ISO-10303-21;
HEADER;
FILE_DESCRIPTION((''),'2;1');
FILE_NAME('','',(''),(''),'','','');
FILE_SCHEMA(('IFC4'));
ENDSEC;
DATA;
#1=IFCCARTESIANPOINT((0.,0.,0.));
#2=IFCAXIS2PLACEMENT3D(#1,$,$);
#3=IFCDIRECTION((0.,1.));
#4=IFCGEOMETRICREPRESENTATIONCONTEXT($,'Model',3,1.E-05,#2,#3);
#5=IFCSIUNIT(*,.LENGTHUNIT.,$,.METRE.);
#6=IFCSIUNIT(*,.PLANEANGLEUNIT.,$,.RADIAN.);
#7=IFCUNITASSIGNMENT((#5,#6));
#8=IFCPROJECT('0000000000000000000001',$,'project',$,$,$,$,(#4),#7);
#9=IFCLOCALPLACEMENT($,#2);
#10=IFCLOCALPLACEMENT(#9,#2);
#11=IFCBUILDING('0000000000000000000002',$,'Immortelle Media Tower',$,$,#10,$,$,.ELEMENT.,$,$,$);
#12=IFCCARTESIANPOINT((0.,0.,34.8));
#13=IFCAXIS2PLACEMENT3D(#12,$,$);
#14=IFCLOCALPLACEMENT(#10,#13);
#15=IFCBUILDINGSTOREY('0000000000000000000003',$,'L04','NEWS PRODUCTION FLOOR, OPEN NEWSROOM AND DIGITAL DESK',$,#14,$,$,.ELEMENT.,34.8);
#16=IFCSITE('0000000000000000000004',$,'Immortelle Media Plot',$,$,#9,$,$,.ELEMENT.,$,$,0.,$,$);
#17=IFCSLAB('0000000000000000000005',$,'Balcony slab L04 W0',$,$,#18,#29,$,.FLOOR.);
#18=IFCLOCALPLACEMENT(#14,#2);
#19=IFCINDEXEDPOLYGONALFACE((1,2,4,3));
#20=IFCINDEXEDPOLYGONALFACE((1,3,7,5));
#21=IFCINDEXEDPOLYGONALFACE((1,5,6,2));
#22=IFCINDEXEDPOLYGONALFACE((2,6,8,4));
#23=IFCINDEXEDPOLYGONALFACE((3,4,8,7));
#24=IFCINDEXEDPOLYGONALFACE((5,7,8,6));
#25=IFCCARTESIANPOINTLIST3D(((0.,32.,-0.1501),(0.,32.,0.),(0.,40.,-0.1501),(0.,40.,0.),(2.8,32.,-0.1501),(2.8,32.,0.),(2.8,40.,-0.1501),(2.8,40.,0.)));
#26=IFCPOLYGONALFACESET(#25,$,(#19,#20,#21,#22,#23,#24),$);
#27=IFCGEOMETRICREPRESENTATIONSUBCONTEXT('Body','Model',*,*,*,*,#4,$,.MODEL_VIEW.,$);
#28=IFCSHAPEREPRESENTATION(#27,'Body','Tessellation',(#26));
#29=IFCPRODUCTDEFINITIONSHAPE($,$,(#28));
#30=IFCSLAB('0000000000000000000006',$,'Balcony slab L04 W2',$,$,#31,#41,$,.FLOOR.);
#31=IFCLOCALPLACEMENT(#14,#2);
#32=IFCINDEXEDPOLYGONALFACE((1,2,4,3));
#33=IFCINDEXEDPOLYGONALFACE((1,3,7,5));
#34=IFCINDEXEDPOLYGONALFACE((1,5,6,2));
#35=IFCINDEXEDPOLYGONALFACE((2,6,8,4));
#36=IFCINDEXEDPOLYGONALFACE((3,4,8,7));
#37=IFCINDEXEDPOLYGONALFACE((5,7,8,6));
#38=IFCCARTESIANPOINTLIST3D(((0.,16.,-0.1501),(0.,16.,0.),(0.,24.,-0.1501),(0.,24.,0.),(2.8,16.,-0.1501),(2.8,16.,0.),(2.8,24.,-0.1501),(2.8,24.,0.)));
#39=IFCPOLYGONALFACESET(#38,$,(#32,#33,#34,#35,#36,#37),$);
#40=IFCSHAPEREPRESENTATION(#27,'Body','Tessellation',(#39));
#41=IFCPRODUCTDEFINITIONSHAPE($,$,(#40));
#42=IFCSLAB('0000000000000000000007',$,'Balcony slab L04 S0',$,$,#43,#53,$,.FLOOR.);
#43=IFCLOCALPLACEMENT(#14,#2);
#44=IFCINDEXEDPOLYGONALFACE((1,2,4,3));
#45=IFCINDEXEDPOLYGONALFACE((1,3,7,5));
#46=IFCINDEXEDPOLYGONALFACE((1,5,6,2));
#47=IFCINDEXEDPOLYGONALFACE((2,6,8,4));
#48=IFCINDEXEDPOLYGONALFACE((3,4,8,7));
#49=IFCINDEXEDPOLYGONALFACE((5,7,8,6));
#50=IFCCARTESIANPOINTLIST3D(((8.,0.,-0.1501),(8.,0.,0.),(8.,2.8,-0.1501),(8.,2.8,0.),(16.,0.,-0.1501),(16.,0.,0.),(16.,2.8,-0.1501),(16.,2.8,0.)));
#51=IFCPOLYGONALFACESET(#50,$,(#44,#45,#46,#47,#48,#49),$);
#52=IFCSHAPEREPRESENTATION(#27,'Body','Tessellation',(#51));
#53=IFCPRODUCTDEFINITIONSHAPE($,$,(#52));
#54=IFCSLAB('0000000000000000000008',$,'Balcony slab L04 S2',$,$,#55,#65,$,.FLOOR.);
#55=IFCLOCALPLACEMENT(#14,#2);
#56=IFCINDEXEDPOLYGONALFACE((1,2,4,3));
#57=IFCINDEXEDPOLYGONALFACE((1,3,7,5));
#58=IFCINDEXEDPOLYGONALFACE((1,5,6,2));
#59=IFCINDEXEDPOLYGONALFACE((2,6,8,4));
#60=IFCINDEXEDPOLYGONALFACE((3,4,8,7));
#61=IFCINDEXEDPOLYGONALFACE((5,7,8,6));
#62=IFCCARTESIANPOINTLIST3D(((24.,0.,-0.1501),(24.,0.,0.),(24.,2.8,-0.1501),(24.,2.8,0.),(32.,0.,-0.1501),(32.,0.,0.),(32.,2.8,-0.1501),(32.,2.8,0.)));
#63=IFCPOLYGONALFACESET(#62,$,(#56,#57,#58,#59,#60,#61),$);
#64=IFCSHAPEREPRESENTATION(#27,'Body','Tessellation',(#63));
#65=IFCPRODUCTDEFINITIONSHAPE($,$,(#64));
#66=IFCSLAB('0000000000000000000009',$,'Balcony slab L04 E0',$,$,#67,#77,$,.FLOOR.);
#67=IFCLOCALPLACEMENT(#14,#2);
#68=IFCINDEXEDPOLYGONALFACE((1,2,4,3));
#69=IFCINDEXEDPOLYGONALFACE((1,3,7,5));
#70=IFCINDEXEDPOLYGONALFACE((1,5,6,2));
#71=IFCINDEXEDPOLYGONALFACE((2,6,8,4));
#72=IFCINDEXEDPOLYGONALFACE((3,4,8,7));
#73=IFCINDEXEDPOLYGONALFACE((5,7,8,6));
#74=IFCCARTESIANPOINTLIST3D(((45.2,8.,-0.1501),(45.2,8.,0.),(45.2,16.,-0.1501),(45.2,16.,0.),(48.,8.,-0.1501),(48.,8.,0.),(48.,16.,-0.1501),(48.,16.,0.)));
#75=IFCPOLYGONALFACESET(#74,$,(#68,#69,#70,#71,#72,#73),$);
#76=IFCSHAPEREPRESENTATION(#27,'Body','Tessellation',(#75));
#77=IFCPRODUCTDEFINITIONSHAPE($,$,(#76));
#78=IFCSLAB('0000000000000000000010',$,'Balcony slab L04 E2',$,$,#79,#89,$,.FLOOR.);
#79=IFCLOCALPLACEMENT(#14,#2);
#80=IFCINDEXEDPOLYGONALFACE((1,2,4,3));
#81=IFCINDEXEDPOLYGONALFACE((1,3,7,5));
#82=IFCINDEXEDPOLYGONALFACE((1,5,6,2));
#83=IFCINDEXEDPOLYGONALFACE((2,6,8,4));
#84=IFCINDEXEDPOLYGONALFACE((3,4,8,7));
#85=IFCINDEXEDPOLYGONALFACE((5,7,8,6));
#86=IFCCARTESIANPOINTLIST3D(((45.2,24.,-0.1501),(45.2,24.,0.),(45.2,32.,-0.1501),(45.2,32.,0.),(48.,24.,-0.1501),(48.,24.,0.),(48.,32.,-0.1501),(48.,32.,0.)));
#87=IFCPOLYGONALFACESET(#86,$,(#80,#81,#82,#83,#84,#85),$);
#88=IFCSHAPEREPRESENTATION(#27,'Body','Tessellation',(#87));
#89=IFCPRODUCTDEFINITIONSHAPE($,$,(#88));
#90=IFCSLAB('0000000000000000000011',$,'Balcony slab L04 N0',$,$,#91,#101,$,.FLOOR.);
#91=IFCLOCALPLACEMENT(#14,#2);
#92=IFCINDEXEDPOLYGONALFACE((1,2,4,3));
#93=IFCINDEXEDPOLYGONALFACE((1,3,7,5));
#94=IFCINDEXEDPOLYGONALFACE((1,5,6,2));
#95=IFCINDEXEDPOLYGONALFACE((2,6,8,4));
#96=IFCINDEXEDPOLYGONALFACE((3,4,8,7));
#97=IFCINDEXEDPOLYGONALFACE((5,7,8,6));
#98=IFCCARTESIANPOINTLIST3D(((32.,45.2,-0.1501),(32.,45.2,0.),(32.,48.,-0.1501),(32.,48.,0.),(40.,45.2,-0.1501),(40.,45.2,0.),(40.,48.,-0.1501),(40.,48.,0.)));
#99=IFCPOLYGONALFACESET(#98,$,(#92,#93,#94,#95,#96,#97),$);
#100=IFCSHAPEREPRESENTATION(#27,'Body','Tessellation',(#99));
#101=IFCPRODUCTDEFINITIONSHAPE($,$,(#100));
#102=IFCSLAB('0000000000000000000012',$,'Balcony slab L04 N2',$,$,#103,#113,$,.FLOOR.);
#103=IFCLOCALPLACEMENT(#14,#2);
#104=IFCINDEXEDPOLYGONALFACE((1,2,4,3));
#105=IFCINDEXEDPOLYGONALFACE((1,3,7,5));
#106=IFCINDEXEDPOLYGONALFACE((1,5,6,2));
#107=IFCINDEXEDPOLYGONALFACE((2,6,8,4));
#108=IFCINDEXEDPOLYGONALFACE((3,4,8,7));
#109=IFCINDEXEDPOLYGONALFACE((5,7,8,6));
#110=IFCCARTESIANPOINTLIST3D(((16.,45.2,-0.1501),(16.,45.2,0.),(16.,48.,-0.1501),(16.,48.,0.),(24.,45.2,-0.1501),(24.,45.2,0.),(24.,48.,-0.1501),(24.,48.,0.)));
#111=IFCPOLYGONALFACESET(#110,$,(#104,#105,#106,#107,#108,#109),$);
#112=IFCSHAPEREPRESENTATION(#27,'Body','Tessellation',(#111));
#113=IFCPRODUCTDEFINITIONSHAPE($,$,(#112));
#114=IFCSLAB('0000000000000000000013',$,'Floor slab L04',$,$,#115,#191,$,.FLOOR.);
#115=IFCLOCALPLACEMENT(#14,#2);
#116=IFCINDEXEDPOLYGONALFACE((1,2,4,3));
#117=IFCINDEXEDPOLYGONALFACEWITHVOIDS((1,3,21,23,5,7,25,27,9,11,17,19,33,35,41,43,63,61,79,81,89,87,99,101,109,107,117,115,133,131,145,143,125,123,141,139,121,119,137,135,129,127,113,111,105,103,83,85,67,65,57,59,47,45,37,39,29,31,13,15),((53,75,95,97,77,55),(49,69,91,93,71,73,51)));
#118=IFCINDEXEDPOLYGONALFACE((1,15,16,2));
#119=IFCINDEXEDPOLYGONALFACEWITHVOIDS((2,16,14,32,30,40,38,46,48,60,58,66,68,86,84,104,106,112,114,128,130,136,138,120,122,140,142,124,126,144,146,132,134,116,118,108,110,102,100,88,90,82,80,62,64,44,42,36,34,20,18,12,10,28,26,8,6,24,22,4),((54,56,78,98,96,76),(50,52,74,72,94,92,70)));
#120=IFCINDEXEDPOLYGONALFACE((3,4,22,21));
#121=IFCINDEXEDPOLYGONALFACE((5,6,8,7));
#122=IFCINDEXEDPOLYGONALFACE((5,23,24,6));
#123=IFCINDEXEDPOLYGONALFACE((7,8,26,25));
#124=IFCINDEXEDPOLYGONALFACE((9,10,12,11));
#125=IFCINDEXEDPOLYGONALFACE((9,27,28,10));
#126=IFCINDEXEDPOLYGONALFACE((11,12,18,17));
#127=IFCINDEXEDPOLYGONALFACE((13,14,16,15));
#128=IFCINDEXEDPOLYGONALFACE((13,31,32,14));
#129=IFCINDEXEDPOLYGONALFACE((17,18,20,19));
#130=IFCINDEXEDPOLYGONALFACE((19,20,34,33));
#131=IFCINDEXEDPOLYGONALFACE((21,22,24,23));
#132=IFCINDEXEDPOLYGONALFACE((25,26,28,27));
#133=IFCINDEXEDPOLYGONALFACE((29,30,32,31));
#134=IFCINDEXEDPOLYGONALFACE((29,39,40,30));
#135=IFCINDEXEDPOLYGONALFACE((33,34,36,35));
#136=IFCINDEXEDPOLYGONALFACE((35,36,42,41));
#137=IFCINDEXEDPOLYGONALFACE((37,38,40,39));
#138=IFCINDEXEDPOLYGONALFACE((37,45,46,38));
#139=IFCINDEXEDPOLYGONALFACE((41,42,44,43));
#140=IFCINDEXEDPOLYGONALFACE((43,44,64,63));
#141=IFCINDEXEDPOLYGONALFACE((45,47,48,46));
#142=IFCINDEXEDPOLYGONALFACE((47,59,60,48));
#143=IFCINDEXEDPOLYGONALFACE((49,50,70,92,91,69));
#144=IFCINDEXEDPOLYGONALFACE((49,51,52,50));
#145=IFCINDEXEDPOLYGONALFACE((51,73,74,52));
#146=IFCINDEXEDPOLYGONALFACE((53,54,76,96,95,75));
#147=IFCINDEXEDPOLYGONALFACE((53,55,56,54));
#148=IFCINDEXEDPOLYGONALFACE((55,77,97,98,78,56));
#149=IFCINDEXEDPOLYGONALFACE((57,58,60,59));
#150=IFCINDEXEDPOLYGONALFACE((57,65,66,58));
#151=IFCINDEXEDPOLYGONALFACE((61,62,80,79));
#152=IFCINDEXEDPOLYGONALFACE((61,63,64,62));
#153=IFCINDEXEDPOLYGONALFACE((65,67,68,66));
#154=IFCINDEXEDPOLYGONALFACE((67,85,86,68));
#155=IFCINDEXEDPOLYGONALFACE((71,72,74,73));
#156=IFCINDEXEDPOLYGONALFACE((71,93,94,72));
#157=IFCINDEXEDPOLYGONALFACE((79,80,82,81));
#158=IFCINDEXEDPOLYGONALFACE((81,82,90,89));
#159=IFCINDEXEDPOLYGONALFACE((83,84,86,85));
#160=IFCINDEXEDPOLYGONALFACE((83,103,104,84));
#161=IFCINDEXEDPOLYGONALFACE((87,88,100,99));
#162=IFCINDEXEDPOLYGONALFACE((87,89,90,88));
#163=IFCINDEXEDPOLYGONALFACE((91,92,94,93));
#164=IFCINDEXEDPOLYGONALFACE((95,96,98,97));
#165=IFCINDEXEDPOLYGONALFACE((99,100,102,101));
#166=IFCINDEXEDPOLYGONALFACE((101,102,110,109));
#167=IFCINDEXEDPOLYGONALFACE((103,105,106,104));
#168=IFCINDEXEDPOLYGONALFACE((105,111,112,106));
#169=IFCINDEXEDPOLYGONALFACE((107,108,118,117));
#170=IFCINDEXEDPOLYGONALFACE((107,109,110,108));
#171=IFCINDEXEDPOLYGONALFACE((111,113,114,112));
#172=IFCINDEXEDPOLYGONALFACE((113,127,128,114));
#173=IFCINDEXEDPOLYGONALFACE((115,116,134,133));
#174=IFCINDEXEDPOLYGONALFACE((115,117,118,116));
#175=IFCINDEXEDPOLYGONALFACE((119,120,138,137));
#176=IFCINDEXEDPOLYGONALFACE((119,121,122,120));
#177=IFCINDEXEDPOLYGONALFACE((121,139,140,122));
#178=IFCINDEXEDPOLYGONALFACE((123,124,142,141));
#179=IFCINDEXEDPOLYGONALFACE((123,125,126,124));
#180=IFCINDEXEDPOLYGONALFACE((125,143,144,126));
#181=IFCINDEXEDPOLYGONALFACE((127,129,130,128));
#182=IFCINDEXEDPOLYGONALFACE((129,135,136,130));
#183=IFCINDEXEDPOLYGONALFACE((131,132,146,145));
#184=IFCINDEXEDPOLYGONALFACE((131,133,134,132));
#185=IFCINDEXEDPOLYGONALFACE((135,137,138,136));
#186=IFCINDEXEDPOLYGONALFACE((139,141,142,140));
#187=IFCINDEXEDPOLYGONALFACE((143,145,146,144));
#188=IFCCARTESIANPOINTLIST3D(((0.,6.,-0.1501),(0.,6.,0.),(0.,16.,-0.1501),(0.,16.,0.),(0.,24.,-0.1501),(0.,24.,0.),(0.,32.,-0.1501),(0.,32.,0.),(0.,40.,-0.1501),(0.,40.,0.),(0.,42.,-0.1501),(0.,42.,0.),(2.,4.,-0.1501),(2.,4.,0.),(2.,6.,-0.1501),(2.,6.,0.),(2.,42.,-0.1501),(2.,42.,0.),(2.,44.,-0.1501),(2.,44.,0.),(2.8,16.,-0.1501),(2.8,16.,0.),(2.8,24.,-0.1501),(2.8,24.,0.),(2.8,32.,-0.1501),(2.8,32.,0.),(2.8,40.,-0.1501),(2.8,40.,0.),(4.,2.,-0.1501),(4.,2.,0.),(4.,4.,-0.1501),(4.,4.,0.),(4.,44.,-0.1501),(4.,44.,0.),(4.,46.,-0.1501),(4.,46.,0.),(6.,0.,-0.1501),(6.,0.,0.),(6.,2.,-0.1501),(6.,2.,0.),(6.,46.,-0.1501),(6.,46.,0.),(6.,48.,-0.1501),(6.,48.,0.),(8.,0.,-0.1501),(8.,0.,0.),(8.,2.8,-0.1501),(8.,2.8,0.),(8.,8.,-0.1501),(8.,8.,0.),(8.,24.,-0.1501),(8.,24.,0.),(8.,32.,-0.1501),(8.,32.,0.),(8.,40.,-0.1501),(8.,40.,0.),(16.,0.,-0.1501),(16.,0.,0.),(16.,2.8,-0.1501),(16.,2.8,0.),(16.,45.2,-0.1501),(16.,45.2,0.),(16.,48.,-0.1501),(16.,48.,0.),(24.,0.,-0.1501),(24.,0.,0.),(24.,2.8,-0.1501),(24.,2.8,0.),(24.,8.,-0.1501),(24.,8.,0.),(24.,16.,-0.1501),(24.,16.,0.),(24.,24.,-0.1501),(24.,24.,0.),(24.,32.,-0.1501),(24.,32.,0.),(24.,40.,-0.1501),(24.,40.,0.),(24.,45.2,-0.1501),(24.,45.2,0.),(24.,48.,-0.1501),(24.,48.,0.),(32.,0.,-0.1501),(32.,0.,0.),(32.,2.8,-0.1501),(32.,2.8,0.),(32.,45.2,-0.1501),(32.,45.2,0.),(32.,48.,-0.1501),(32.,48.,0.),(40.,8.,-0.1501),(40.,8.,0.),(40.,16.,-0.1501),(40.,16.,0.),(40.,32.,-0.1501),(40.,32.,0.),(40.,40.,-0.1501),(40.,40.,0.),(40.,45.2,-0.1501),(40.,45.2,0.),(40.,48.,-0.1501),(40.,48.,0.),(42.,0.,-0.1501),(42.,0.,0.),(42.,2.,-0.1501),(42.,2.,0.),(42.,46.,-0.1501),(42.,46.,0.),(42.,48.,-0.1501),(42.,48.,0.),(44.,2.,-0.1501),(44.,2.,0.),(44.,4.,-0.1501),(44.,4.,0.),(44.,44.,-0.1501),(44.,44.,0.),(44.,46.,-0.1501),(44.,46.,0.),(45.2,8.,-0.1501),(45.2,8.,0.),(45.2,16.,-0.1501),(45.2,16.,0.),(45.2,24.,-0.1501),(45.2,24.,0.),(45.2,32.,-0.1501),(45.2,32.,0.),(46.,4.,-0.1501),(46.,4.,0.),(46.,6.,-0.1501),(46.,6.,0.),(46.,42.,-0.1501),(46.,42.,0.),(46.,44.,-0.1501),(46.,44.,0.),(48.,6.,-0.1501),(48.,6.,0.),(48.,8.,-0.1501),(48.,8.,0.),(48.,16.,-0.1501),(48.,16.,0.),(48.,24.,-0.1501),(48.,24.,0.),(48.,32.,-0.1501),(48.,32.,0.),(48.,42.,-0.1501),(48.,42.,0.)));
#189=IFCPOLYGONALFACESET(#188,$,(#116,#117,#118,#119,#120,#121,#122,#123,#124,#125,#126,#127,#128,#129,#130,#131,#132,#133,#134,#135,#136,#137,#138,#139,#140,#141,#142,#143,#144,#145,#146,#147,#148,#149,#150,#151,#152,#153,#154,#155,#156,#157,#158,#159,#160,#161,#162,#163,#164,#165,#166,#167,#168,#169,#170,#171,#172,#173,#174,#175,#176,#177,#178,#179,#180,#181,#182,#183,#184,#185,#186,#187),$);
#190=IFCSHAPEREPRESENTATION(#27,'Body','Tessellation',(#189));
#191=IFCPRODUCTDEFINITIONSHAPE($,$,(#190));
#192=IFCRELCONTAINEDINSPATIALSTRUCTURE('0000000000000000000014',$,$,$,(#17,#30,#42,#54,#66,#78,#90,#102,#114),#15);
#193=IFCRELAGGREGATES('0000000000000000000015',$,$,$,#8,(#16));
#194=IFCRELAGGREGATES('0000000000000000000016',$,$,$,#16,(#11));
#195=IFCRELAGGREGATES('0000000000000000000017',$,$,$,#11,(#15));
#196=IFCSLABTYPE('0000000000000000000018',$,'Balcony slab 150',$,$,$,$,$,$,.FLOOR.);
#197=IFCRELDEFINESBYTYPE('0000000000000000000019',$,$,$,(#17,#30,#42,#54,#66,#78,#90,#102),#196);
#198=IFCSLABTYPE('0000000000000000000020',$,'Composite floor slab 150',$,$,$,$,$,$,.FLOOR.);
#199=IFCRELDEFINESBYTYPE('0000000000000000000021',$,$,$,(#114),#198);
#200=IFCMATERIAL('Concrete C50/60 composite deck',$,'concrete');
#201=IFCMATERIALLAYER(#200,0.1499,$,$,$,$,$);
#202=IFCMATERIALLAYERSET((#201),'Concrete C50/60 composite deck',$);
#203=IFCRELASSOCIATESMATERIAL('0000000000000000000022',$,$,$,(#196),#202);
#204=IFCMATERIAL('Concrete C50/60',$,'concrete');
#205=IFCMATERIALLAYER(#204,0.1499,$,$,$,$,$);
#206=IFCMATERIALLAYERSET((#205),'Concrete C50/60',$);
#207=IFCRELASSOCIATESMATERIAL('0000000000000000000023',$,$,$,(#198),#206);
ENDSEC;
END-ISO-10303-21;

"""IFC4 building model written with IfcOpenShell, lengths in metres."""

from ifc_helpers import new_model, si_unit, direction, frame, origin, place, context, subcontext, project, spatial, polyline, outline, extrude, material, layer, layer_set, type_object, element, save


model = new_model("IFC4")

# Units and contexts
model_context = context("Model", 3, precision=1e-05, world=origin(), true_north=direction((0.0, 1.0)))
body_context = subcontext(model_context, "Body", "Model", "MODEL_VIEW")
ifc_project = project(units=[si_unit("LENGTHUNIT", "METRE"), si_unit("PLANEANGLEUNIT", "RADIAN")], contexts=[model_context])

# Site, building, storey
site_placement = place(None, origin())
site = spatial("IfcSite", under=ifc_project, at=site_placement, Name="Immortelle Media Plot", CompositionType="ELEMENT", RefElevation=0.0)
building_placement = place(site_placement, origin())
building = spatial("IfcBuilding", under=site, at=building_placement, Name="Immortelle Media Tower", CompositionType="ELEMENT")
storey_placement = place(building_placement, frame((0.0, 0.0, 34.8)))
storey = spatial("IfcBuildingStorey", under=building, at=storey_placement, Name="L04", Description="NEWS PRODUCTION FLOOR, OPEN NEWSROOM AND DIGITAL DESK", CompositionType="ELEMENT", Elevation=34.8)

# Slabs
ifc_material_1 = material(Name="Concrete C50/60 composite deck", Category="concrete")
ifc_layer_1 = layer(ifc_material_1, 0.1499)
ifc_layer_set_1 = layer_set([ifc_layer_1], Name="Concrete C50/60 composite deck")
slab_type_1 = type_object("IfcSlabType", Name="Balcony slab 150", PredefinedType="FLOOR", material=ifc_layer_set_1)
slab_1_placement = place(storey_placement, frame((0.0, 0.0, -0.1501)))
element("IfcSlab", 1, at=slab_1_placement, inside=storey, type_object=slab_type_1, Name="Balcony slab L04 W0", PredefinedType="FLOOR", context=body_context, shape_type="SweptSolid", body=[
    extrude(outline(polyline([(2.8, 32.0), (2.8, 40.0), (0.0, 40.0), (0.0, 32.0), (2.8, 32.0)])), origin(), (0.0, 0.0, 1.0), 0.1501),
])
slab_2_placement = place(storey_placement, frame((0.0, 0.0, -0.1501)))
element("IfcSlab", 2, at=slab_2_placement, inside=storey, type_object=slab_type_1, Name="Balcony slab L04 W2", PredefinedType="FLOOR", context=body_context, shape_type="SweptSolid", body=[
    extrude(outline(polyline([(2.8, 16.0), (2.8, 24.0), (0.0, 24.0), (0.0, 16.0), (2.8, 16.0)])), origin(), (0.0, 0.0, 1.0), 0.1501),
])
slab_3_placement = place(storey_placement, frame((0.0, 0.0, -0.1501)))
element("IfcSlab", 3, at=slab_3_placement, inside=storey, type_object=slab_type_1, Name="Balcony slab L04 S0", PredefinedType="FLOOR", context=body_context, shape_type="SweptSolid", body=[
    extrude(outline(polyline([(16.0, 0.0), (16.0, 2.8), (8.0, 2.8), (8.0, 0.0), (16.0, 0.0)])), origin(), (0.0, 0.0, 1.0), 0.1501),
])
slab_4_placement = place(storey_placement, frame((0.0, 0.0, -0.1501)))
element("IfcSlab", 4, at=slab_4_placement, inside=storey, type_object=slab_type_1, Name="Balcony slab L04 S2", PredefinedType="FLOOR", context=body_context, shape_type="SweptSolid", body=[
    extrude(outline(polyline([(32.0, 0.0), (32.0, 2.8), (24.0, 2.8), (24.0, 0.0), (32.0, 0.0)])), origin(), (0.0, 0.0, 1.0), 0.1501),
])
slab_5_placement = place(storey_placement, frame((0.0, 0.0, -0.1501)))
element("IfcSlab", 5, at=slab_5_placement, inside=storey, type_object=slab_type_1, Name="Balcony slab L04 E0", PredefinedType="FLOOR", context=body_context, shape_type="SweptSolid", body=[
    extrude(outline(polyline([(48.0, 8.0), (48.0, 16.0), (45.2, 16.0), (45.2, 8.0), (48.0, 8.0)])), origin(), (0.0, 0.0, 1.0), 0.1501),
])
slab_6_placement = place(storey_placement, frame((0.0, 0.0, -0.1501)))
element("IfcSlab", 6, at=slab_6_placement, inside=storey, type_object=slab_type_1, Name="Balcony slab L04 E2", PredefinedType="FLOOR", context=body_context, shape_type="SweptSolid", body=[
    extrude(outline(polyline([(48.0, 24.0), (48.0, 32.0), (45.2, 32.0), (45.2, 24.0), (48.0, 24.0)])), origin(), (0.0, 0.0, 1.0), 0.1501),
])
slab_7_placement = place(storey_placement, frame((0.0, 0.0, -0.1501)))
element("IfcSlab", 7, at=slab_7_placement, inside=storey, type_object=slab_type_1, Name="Balcony slab L04 N0", PredefinedType="FLOOR", context=body_context, shape_type="SweptSolid", body=[
    extrude(outline(polyline([(40.0, 45.2), (40.0, 48.0), (32.0, 48.0), (32.0, 45.2), (40.0, 45.2)])), origin(), (0.0, 0.0, 1.0), 0.1501),
])
slab_8_placement = place(storey_placement, frame((0.0, 0.0, -0.1501)))
element("IfcSlab", 8, at=slab_8_placement, inside=storey, type_object=slab_type_1, Name="Balcony slab L04 N2", PredefinedType="FLOOR", context=body_context, shape_type="SweptSolid", body=[
    extrude(outline(polyline([(24.0, 45.2), (24.0, 48.0), (16.0, 48.0), (16.0, 45.2), (24.0, 45.2)])), origin(), (0.0, 0.0, 1.0), 0.1501),
])
ifc_material_2 = material(Name="Concrete C50/60", Category="concrete")
ifc_layer_2 = layer(ifc_material_2, 0.1499)
ifc_layer_set_2 = layer_set([ifc_layer_2], Name="Concrete C50/60")
slab_type_2 = type_object("IfcSlabType", Name="Composite floor slab 150", PredefinedType="FLOOR", material=ifc_layer_set_2)
slab_9_placement = place(storey_placement, frame((0.0, 0.0, -0.1501)))
element("IfcSlab", 9, at=slab_9_placement, inside=storey, type_object=slab_type_2, Name="Floor slab L04", PredefinedType="FLOOR", context=body_context, shape_type="SweptSolid", body=[
    extrude(outline(polyline([(6.0, 0.0), (6.0, 2.0), (4.0, 2.0), (4.0, 4.0), (2.0, 4.0), (2.0, 6.0), (0.0, 6.0), (0.0, 16.0), (2.8, 16.0), (2.8, 24.0), (0.0, 24.0), (0.0, 32.0), (2.8, 32.0), (2.8, 40.0), (0.0, 40.0), (0.0, 42.0), (2.0, 42.0), (2.0, 44.0), (4.0, 44.0), (4.0, 46.0), (6.0, 46.0), (6.0, 48.0), (16.0, 48.0), (16.0, 45.2), (24.0, 45.2), (24.0, 48.0), (32.0, 48.0), (32.0, 45.2), (40.0, 45.2), (40.0, 48.0), (42.0, 48.0), (42.0, 46.0), (44.0, 46.0), (44.0, 44.0), (46.0, 44.0), (46.0, 42.0), (48.0, 42.0), (48.0, 32.0), (45.2, 32.0), (45.2, 24.0), (48.0, 24.0), (48.0, 16.0), (45.2, 16.0), (45.2, 8.0), (48.0, 8.0), (48.0, 6.0), (46.0, 6.0), (46.0, 4.0), (44.0, 4.0), (44.0, 2.0), (42.0, 2.0), (42.0, 0.0), (32.0, 0.0), (32.0, 2.8), (24.0, 2.8), (24.0, 0.0), (16.0, 0.0), (16.0, 2.8), (8.0, 2.8), (8.0, 0.0), (6.0, 0.0)]), holes=[polyline([(24.0, 24.0), (8.0, 24.0), (8.0, 8.0), (24.0, 8.0), (40.0, 8.0), (40.0, 16.0), (24.0, 16.0), (24.0, 24.0)]), polyline([(24.0, 32.0), (40.0, 32.0), (40.0, 40.0), (24.0, 40.0), (8.0, 40.0), (8.0, 32.0), (24.0, 32.0)])]), origin(), (0.0, 0.0, 1.0), 0.1501),
])

save(model, "model.ifc")
